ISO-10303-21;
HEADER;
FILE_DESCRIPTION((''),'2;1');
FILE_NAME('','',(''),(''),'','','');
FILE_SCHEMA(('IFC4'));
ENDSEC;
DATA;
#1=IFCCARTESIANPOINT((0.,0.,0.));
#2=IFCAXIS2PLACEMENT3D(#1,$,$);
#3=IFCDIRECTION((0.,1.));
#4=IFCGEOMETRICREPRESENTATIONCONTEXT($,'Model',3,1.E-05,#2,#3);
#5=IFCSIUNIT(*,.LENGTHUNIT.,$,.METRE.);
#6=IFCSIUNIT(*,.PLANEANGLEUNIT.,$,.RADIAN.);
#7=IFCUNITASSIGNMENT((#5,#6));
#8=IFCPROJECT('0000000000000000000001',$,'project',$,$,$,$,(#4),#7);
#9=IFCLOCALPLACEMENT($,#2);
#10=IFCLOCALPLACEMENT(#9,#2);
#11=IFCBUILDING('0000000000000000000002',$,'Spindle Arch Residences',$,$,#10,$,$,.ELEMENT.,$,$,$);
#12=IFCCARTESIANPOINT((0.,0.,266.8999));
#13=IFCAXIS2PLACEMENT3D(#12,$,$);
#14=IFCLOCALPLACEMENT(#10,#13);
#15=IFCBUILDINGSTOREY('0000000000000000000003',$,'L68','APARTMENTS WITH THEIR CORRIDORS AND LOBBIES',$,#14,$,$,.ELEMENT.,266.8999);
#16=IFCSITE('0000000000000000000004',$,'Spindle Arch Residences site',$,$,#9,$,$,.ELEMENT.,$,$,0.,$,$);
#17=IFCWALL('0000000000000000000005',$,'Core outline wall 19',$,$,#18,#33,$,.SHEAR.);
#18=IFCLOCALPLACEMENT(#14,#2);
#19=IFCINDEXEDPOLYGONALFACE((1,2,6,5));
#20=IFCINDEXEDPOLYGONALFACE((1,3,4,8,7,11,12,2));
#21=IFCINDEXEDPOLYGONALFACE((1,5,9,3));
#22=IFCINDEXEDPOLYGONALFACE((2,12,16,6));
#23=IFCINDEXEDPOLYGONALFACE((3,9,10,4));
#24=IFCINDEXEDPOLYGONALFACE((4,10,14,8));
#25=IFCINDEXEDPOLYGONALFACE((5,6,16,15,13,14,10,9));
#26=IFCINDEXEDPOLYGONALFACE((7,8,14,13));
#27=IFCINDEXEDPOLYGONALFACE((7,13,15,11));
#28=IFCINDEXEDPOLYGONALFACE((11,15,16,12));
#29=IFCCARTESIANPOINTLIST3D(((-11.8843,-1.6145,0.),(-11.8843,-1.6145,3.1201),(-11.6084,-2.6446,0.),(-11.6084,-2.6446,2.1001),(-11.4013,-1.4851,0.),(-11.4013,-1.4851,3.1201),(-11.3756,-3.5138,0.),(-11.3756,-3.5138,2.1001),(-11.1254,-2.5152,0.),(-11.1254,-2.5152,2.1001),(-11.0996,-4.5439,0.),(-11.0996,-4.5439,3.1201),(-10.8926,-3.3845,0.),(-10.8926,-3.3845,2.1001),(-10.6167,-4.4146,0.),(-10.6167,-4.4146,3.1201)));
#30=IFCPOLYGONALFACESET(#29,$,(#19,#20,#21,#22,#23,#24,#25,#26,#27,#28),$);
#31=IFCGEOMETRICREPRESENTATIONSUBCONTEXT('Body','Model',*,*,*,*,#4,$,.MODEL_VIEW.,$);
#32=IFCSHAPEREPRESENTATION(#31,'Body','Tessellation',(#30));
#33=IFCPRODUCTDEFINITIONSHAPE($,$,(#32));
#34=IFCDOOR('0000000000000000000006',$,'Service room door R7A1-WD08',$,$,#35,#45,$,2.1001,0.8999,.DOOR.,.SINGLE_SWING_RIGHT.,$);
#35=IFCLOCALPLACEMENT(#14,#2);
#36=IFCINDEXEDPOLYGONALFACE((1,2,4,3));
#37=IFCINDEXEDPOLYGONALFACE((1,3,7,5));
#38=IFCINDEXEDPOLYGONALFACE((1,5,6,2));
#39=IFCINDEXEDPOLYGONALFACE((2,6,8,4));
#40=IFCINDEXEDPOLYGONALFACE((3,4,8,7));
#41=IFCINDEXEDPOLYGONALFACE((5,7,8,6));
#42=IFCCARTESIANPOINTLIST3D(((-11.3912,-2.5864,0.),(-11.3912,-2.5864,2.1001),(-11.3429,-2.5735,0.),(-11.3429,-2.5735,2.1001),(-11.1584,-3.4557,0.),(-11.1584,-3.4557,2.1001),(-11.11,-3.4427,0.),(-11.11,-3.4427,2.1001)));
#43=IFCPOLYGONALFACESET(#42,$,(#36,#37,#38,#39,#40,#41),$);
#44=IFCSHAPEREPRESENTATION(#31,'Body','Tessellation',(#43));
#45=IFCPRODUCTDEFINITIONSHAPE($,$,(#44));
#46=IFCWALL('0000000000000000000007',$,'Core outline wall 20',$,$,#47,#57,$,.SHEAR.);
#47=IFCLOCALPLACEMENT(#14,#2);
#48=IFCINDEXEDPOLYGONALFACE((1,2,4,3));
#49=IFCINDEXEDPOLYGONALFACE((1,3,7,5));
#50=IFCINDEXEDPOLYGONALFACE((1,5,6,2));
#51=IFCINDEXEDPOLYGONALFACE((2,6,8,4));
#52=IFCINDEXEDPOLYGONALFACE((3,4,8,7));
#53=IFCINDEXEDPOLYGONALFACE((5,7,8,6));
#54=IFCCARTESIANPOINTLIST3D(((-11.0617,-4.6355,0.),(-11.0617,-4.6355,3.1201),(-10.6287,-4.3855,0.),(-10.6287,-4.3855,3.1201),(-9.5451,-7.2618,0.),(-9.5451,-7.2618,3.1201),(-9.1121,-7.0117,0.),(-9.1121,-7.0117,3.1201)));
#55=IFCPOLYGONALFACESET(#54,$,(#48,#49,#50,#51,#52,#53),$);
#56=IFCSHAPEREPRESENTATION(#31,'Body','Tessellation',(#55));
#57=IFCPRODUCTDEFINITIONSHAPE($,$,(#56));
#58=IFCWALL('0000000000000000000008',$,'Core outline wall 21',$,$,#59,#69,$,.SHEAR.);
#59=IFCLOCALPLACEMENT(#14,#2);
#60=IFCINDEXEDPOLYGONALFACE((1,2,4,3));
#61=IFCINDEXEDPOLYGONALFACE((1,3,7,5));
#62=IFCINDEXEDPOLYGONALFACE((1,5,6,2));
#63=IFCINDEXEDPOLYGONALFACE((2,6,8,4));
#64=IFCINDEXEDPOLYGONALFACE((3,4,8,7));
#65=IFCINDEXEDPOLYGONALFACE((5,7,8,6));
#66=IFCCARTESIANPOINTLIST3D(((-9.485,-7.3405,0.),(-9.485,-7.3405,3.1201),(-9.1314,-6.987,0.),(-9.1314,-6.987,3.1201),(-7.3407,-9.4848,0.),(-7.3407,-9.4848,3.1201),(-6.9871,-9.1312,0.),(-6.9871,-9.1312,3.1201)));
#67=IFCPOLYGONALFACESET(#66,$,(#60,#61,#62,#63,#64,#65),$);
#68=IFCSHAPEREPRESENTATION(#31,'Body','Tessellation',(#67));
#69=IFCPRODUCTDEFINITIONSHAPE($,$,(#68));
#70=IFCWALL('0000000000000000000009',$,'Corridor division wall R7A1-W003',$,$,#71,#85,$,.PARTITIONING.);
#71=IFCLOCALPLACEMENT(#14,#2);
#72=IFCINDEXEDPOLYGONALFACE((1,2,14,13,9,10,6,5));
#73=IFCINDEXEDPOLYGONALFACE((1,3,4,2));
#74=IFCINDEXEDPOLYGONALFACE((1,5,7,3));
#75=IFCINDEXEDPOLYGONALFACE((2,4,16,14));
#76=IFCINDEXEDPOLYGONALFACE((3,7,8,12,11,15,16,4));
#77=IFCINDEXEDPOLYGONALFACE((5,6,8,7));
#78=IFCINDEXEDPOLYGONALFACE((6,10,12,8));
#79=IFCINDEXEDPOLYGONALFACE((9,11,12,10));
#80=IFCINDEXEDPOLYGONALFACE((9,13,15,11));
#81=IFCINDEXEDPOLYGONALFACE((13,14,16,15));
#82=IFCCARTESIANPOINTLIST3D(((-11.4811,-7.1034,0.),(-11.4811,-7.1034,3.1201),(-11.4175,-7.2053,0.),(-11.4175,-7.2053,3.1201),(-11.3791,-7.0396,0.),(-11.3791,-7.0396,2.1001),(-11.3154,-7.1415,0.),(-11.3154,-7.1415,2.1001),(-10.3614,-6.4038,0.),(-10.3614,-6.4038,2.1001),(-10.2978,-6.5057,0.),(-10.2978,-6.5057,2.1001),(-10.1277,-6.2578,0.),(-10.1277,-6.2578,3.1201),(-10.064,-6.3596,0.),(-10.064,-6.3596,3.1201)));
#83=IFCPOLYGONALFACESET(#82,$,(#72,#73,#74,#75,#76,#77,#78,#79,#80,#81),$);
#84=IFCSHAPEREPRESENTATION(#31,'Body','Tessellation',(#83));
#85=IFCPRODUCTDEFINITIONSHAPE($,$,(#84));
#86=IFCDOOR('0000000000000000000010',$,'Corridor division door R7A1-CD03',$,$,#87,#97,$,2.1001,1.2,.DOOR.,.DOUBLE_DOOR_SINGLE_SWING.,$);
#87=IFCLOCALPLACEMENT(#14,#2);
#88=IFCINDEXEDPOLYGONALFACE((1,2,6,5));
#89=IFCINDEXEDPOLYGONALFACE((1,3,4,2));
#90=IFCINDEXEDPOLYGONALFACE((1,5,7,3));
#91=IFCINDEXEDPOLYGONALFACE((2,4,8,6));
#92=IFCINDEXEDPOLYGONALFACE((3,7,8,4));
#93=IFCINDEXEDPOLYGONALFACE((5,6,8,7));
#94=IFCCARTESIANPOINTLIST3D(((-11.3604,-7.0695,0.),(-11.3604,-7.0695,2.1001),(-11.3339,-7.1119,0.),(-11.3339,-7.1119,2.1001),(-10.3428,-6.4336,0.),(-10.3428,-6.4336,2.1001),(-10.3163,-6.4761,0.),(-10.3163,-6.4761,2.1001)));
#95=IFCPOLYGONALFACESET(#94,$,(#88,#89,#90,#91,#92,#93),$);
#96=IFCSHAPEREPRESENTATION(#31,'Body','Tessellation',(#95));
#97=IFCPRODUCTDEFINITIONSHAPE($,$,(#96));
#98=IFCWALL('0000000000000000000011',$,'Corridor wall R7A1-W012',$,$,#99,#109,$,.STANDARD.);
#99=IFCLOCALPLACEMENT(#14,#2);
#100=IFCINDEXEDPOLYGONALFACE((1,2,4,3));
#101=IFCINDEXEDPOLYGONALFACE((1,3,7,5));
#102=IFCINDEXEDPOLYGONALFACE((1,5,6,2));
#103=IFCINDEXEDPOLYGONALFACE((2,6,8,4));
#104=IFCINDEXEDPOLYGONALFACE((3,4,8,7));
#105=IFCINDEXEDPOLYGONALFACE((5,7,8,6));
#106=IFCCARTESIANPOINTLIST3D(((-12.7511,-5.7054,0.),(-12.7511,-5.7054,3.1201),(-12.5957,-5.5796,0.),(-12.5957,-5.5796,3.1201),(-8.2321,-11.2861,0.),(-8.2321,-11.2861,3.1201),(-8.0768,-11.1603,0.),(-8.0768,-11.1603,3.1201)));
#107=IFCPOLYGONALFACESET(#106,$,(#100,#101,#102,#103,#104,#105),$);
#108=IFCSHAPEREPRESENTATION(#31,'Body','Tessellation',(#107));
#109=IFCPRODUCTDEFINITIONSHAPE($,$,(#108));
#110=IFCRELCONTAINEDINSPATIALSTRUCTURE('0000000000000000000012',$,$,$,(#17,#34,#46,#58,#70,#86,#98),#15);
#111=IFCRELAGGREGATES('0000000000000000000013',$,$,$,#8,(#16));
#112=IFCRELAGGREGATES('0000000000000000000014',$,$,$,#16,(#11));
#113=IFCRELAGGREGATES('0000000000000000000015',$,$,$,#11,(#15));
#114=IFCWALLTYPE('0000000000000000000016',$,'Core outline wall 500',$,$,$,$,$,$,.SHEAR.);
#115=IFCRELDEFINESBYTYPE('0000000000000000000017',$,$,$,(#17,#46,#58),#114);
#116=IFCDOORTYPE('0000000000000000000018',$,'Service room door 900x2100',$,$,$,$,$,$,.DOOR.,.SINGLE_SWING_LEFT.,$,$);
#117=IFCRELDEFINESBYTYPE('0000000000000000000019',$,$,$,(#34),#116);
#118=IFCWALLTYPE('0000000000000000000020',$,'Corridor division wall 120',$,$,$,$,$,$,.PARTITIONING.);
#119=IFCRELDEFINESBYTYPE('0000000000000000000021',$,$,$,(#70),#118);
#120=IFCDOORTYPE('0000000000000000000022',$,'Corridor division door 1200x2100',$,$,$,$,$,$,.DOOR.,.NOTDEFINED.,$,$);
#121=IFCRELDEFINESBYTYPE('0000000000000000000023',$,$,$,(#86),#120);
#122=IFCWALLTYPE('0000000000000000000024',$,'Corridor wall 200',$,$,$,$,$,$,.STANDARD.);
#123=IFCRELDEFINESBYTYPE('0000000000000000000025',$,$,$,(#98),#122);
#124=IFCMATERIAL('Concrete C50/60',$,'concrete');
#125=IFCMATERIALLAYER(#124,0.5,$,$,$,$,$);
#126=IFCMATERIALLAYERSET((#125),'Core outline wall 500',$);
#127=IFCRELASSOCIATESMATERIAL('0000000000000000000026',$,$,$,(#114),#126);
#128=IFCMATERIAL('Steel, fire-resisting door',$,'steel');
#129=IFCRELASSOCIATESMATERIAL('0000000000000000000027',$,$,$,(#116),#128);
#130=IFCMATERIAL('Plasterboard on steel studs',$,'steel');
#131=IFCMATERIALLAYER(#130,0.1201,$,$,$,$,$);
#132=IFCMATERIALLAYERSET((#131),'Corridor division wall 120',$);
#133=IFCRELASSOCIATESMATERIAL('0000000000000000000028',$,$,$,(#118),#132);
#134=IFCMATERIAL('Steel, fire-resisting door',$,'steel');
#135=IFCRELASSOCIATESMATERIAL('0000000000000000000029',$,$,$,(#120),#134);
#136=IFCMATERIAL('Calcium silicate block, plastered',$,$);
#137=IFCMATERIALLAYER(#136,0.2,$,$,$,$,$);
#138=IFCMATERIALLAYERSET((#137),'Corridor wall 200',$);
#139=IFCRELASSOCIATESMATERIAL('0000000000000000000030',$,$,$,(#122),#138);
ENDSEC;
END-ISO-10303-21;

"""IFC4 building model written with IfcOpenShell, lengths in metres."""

from ifc_helpers import new_model, si_unit, direction, frame, frame_2d, origin, place, context, subcontext, project, spatial, rectangle, extrude, material, layer, layer_set, type_object, element, fill, save


model = new_model("IFC4")

# Units and contexts
model_context = context("Model", 3, precision=1e-05, world=origin(), true_north=direction((0.0, 1.0)))
body_context = subcontext(model_context, "Body", "Model", "MODEL_VIEW")
ifc_project = project(units=[si_unit("LENGTHUNIT", "METRE"), si_unit("PLANEANGLEUNIT", "RADIAN")], contexts=[model_context])

# Site, building, storey
site_placement = place(None, origin())
site = spatial("IfcSite", under=ifc_project, at=site_placement, Name="Spindle Arch Residences site", CompositionType="ELEMENT", RefElevation=0.0)
building_placement = place(site_placement, origin())
building = spatial("IfcBuilding", under=site, at=building_placement, Name="Spindle Arch Residences", CompositionType="ELEMENT")
storey_placement = place(building_placement, frame((0.0, 0.0, 266.8999)))
storey = spatial("IfcBuildingStorey", under=building, at=storey_placement, Name="L68", Description="APARTMENTS WITH THEIR CORRIDORS AND LOBBIES", CompositionType="ELEMENT", Elevation=266.8999)

# Wall, opening, door
ifc_material_1 = material(Name="Concrete C50/60", Category="concrete")
ifc_layer_1 = layer(ifc_material_1, 0.5)
ifc_layer_set_1 = layer_set([ifc_layer_1], Name="Core outline wall 500")
wall_type_1 = type_object("IfcWallType", Name="Core outline wall 500", PredefinedType="SHEAR", material=ifc_layer_set_1)
wall_1_placement = place(storey_placement, frame((-11.6428, -1.5498, 0.0), z_axis=(0.0, 0.0, 1.0), x_axis=(0.258735, -0.965948, 0.0)))
wall_1 = element("IfcWall", 1, at=wall_1_placement, inside=storey, type_object=wall_type_1, Name="Core outline wall 19", PredefinedType="SHEAR", context=body_context, shape_type="SweptSolid", body=[
    extrude(rectangle(XDim=3.0327, YDim=0.5, at=frame_2d((1.5164, 0.0))), origin(), (0.0, 0.0, 1.0), 3.1201),
])
opening_1_placement = place(wall_1_placement, frame((1.0664, 0.0, 0.0)))
opening_1 = element("IfcOpeningElement", 2, at=opening_1_placement, cuts=wall_1, PredefinedType="OPENING", context=body_context, shape_type="SweptSolid", body=[
    extrude(rectangle(XDim=0.8999, YDim=2.1001, at=frame_2d((0.45, 1.05))), frame((0.0, 0.26, 0.0), z_axis=(0.0, -1.0, 0.0), x_axis=(1.0, 0.0, 0.0)), (0.0, 0.0, 1.0), 0.52),
])
ifc_material_2 = material(Name="Steel, fire-resisting door", Category="steel")
door_type_1 = type_object("IfcDoorType", Name="Service room door 900x2100", OperationType="SINGLE_SWING_LEFT", PredefinedType="DOOR", material=ifc_material_2)
door_1_placement = place(opening_1_placement, origin())
door_1 = element("IfcDoor", 3, at=door_1_placement, inside=storey, type_object=door_type_1, Name="Service room door R7A1-WD08", OperationType="SINGLE_SWING_RIGHT", OverallHeight=2.1001, OverallWidth=0.8999, PredefinedType="DOOR", context=body_context, shape_type="SweptSolid", body=[
    extrude(rectangle(XDim=0.8999, YDim=2.1001, at=frame_2d((0.45, 1.05))), frame((0.0, 0.0249, 0.0), z_axis=(0.0, -1.0, 0.0), x_axis=(1.0, 0.0, 0.0)), (0.0, 0.0, 1.0), 0.05),
])
fill(opening_1, door_1)

# Walls
wall_2_placement = place(storey_placement, frame((-10.8452, -4.5105, 0.0), z_axis=(0.0, 0.0, 1.0), x_axis=(0.500087, -0.865975, 0.0)))
element("IfcWall", 4, at=wall_2_placement, inside=storey, type_object=wall_type_1, Name="Core outline wall 20", PredefinedType="SHEAR", context=body_context, shape_type="SweptSolid", body=[
    extrude(rectangle(XDim=3.0327, YDim=0.5, at=frame_2d((1.5164, 0.0))), origin(), (0.0, 0.0, 1.0), 3.1201),
])
wall_3_placement = place(storey_placement, frame((-9.3081, -7.1638, 0.0), z_axis=(0.0, 0.0, 1.0), x_axis=(0.707107, -0.707107, 0.0)))
element("IfcWall", 5, at=wall_3_placement, inside=storey, type_object=wall_type_1, Name="Core outline wall 21", PredefinedType="SHEAR", context=body_context, shape_type="SweptSolid", body=[
    extrude(rectangle(XDim=3.0325, YDim=0.5, at=frame_2d((1.5161, 0.0))), origin(), (0.0, 0.0, 1.0), 3.1201),
])

# Wall, opening, door
ifc_material_3 = material(Name="Plasterboard on steel studs", Category="steel")
ifc_layer_2 = layer(ifc_material_3, 0.1201)
ifc_layer_set_2 = layer_set([ifc_layer_2], Name="Corridor division wall 120")
wall_type_2 = type_object("IfcWallType", Name="Corridor division wall 120", PredefinedType="PARTITIONING", material=ifc_layer_set_2)
wall_4_placement = place(storey_placement, frame((-11.4492, -7.1543, 0.0), z_axis=(0.0, 0.0, 1.0), x_axis=(0.848067, 0.529889, 0.0)))
wall_4 = element("IfcWall", 6, at=wall_4_placement, inside=storey, type_object=wall_type_2, Name="Corridor division wall R7A1-W003", PredefinedType="PARTITIONING", context=body_context, shape_type="SweptSolid", body=[
    extrude(rectangle(XDim=1.5959, YDim=0.1201, at=frame_2d((0.7979, 0.0))), origin(), (0.0, 0.0, 1.0), 3.1201),
])
opening_2_placement = place(wall_4_placement, frame((0.1201, 0.0, 0.0)))
opening_2 = element("IfcOpeningElement", 7, at=opening_2_placement, cuts=wall_4, PredefinedType="OPENING", context=body_context, shape_type="SweptSolid", body=[
    extrude(rectangle(XDim=1.2, YDim=2.1001, at=frame_2d((0.6001, 1.05))), frame((0.0, 0.0701, 0.0), z_axis=(0.0, -1.0, 0.0), x_axis=(1.0, 0.0, 0.0)), (0.0, 0.0, 1.0), 0.1401),
])
ifc_material_4 = material(Name="Steel, fire-resisting door", Category="steel")
door_type_2 = type_object("IfcDoorType", Name="Corridor division door 1200x2100", OperationType="NOTDEFINED", PredefinedType="DOOR", material=ifc_material_4)
door_2_placement = place(opening_2_placement, origin())
door_2 = element("IfcDoor", 8, at=door_2_placement, inside=storey, type_object=door_type_2, Name="Corridor division door R7A1-CD03", OperationType="DOUBLE_DOOR_SINGLE_SWING", OverallHeight=2.1001, OverallWidth=1.2, PredefinedType="DOOR", context=body_context, shape_type="SweptSolid", body=[
    extrude(rectangle(XDim=1.2, YDim=2.1001, at=frame_2d((0.6001, 1.05))), frame((0.0, 0.0249, 0.0), z_axis=(0.0, -1.0, 0.0), x_axis=(1.0, 0.0, 0.0)), (0.0, 0.0, 1.0), 0.05),
])
fill(opening_2, door_2)

# Wall
ifc_material_5 = material(Name="Calcium silicate block, plastered")
ifc_layer_3 = layer(ifc_material_5, 0.2)
ifc_layer_set_3 = layer_set([ifc_layer_3], Name="Corridor wall 200")
wall_type_3 = type_object("IfcWallType", Name="Corridor wall 200", PredefinedType="STANDARD", material=ifc_layer_set_3)
wall_5_placement = place(storey_placement, frame((-12.6733, -5.6426, 0.0), z_axis=(0.0, 0.0, 1.0), x_axis=(0.629303, -0.77716, 0.0)))
element("IfcWall", 9, at=wall_5_placement, inside=storey, type_object=wall_type_3, Name="Corridor wall R7A1-W012", PredefinedType="STANDARD", context=body_context, shape_type="SweptSolid", body=[
    extrude(rectangle(XDim=7.1809, YDim=0.2, at=frame_2d((3.5903, 0.0))), origin(), (0.0, 0.0, 1.0), 3.1201),
])

save(model, "model.ifc")
